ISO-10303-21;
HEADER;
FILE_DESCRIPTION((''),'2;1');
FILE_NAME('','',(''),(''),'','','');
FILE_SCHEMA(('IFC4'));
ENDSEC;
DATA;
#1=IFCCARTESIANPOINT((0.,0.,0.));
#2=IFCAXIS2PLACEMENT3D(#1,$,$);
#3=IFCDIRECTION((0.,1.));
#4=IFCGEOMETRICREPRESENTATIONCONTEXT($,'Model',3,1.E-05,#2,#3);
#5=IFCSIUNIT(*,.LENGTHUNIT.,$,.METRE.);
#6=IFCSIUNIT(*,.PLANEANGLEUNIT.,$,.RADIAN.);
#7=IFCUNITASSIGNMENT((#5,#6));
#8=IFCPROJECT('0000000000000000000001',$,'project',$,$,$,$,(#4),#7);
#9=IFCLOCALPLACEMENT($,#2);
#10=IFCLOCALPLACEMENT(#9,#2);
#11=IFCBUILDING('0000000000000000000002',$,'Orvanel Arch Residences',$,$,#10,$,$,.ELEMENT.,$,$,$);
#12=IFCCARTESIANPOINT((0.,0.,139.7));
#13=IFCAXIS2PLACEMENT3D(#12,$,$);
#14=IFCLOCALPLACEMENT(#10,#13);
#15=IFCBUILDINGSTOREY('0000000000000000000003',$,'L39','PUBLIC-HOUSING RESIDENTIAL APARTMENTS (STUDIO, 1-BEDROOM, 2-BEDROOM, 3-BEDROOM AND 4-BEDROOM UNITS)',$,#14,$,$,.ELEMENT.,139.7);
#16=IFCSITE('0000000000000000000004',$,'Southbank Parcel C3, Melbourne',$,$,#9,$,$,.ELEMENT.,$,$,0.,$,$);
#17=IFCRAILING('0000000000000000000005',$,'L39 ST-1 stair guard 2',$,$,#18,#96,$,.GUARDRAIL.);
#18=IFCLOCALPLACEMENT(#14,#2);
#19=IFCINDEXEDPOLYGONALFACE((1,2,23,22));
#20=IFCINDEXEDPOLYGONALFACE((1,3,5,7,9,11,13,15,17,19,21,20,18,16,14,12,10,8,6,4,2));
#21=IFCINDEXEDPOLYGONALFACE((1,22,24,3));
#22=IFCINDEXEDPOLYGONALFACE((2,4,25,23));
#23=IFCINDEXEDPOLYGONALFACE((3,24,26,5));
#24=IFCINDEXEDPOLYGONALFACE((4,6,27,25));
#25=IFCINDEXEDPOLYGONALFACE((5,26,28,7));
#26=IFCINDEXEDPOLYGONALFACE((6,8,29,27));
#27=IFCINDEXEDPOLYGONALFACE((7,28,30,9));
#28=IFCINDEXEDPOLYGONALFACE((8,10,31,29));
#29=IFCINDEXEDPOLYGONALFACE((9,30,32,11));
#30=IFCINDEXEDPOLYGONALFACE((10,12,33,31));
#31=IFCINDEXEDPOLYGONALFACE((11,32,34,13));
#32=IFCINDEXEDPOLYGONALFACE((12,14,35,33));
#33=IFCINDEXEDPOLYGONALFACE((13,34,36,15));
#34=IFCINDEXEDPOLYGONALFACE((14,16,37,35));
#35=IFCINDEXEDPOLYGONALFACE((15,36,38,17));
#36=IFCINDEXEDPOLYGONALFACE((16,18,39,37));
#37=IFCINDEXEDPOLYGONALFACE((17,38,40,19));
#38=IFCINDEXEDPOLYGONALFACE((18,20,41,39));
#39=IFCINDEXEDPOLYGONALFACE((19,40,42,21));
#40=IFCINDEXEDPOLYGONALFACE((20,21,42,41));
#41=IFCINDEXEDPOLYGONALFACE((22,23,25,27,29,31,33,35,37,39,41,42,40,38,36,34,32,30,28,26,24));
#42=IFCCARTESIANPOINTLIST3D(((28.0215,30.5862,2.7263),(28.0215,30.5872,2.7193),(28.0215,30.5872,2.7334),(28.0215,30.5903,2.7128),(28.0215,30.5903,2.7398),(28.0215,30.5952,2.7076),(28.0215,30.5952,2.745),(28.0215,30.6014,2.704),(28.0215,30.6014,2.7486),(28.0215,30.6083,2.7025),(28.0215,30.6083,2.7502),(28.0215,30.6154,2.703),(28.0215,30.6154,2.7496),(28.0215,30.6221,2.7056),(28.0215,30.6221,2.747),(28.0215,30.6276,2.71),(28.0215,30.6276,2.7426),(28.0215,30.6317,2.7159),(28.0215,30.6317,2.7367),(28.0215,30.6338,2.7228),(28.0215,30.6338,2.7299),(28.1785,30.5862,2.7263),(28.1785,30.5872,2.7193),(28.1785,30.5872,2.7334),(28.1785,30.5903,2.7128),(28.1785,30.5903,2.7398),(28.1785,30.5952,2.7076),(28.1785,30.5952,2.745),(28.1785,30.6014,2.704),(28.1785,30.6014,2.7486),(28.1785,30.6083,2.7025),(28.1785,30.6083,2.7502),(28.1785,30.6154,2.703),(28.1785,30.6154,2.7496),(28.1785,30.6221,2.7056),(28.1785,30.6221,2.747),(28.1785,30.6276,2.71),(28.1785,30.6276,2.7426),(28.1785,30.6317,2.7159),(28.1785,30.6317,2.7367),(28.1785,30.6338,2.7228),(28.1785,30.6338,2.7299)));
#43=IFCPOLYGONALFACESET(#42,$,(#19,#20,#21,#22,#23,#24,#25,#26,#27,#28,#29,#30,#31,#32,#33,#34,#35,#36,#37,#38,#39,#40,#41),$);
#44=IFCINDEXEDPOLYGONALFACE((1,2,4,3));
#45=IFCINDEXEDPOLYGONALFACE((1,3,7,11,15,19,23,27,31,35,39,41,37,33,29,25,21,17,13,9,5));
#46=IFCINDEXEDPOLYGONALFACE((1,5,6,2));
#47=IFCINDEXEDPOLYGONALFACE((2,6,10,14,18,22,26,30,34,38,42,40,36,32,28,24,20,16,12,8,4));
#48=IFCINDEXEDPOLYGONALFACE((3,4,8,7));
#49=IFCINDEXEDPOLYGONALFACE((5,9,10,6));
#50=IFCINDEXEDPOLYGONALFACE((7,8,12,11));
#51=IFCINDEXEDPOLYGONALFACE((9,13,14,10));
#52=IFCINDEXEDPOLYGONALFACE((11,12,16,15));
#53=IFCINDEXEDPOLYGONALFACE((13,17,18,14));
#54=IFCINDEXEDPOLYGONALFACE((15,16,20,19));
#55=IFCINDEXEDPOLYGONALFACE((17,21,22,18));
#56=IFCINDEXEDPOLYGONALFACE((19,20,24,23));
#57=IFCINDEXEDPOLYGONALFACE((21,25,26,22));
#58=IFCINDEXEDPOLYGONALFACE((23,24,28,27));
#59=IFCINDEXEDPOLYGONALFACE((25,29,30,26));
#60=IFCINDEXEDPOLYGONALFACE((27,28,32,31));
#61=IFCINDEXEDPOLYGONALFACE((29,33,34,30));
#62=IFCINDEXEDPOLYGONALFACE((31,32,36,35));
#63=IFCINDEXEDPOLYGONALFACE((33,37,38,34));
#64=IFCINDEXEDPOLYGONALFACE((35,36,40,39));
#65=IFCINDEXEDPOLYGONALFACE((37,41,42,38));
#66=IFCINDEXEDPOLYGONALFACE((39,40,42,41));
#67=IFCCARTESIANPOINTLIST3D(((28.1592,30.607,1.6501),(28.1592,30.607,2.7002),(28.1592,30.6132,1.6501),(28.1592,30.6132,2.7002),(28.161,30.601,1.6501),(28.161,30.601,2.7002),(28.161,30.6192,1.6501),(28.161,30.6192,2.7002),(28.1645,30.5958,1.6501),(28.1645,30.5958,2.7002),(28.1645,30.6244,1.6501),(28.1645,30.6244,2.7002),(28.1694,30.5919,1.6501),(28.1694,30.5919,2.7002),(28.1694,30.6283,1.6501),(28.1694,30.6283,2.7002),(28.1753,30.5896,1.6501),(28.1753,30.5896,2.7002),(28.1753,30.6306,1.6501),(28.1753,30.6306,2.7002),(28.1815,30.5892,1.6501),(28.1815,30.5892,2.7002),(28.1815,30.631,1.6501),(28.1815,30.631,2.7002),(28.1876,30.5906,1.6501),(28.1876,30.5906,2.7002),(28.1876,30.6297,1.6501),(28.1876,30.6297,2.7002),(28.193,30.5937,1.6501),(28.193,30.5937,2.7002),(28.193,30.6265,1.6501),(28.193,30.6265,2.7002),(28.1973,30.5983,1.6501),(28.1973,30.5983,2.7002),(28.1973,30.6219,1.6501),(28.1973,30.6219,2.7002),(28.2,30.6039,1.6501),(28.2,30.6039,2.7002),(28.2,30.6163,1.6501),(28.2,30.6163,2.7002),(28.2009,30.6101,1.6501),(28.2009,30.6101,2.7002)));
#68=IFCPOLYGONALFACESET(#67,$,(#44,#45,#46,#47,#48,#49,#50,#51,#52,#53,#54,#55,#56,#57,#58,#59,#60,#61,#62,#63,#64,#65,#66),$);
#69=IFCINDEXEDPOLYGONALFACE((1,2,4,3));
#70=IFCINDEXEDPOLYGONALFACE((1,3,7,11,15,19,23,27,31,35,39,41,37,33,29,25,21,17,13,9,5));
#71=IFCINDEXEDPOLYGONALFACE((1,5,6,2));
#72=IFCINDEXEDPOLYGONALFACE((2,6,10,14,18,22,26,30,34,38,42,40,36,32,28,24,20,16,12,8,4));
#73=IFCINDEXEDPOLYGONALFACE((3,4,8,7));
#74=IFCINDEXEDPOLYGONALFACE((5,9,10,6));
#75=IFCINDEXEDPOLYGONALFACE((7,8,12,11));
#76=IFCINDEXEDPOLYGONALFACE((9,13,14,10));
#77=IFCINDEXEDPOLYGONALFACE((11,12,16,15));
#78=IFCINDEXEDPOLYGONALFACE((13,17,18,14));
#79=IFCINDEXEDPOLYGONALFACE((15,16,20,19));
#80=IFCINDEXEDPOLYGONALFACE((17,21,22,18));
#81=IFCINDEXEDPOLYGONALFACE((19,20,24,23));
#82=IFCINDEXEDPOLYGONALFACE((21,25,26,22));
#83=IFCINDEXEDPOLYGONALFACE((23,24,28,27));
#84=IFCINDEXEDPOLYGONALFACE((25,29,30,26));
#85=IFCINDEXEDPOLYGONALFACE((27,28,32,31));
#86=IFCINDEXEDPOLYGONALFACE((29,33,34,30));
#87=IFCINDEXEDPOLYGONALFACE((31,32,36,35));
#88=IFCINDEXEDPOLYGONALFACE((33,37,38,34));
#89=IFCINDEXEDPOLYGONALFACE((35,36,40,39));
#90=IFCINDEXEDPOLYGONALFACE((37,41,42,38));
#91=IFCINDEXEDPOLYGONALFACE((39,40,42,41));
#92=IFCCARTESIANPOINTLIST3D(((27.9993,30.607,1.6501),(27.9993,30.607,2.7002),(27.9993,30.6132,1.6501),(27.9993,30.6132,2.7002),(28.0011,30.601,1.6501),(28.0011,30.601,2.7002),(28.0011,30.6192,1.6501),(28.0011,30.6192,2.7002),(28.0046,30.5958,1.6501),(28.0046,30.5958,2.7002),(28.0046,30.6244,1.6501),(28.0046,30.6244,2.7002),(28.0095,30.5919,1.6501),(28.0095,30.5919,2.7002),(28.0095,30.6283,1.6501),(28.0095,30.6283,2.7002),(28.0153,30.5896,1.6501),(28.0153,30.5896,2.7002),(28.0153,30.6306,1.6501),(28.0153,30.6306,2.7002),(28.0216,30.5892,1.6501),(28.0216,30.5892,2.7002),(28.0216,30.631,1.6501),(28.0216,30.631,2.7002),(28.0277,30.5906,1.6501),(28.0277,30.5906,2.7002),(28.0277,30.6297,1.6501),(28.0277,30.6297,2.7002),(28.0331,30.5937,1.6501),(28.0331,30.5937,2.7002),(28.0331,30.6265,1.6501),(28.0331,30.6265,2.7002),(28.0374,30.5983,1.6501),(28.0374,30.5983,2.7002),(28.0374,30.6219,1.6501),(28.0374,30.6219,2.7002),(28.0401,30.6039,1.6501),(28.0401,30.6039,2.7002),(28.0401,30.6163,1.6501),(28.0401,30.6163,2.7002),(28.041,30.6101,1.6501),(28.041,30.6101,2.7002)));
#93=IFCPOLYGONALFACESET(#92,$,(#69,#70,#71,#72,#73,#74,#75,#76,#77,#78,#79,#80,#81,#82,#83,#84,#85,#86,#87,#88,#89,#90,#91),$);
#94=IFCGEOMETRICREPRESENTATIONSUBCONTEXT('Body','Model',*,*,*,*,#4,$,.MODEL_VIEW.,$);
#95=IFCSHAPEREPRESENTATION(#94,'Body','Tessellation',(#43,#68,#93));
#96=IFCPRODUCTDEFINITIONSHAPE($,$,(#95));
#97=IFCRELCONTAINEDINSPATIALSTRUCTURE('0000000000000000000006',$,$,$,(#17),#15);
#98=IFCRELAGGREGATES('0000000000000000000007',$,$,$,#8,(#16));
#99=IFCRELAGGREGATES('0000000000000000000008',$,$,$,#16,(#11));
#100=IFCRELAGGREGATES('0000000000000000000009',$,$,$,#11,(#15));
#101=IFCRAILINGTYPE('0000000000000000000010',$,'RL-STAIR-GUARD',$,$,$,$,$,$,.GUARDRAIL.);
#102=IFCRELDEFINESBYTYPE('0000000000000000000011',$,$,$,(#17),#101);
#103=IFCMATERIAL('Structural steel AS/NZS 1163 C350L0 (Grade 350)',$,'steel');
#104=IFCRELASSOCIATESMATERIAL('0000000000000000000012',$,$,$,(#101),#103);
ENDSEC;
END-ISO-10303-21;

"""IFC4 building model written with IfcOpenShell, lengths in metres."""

from ifc_helpers import new_model, si_unit, direction, frame, origin, origin_2d, place, context, subcontext, project, spatial, circle, extrude, material, type_object, element, save


model = new_model("IFC4")

# Units and contexts
model_context = context("Model", 3, precision=1e-05, world=origin(), true_north=direction((0.0, 1.0)))
body_context = subcontext(model_context, "Body", "Model", "MODEL_VIEW")
ifc_project = project(units=[si_unit("LENGTHUNIT", "METRE"), si_unit("PLANEANGLEUNIT", "RADIAN")], contexts=[model_context])

# Site, building, storey
site_placement = place(None, origin())
site = spatial("IfcSite", under=ifc_project, at=site_placement, Name="Southbank Parcel C3, Melbourne", CompositionType="ELEMENT", RefElevation=0.0)
building_placement = place(site_placement, origin())
building = spatial("IfcBuilding", under=site, at=building_placement, Name="Orvanel Arch Residences", CompositionType="ELEMENT")
storey_placement = place(building_placement, frame((0.0, 0.0, 139.7)))
storey = spatial("IfcBuildingStorey", under=building, at=storey_placement, Name="L39", Description="PUBLIC-HOUSING RESIDENTIAL APARTMENTS (STUDIO, 1-BEDROOM, 2-BEDROOM, 3-BEDROOM AND 4-BEDROOM UNITS)", CompositionType="ELEMENT", Elevation=139.7)

# Railing
ifc_material_1 = material(Name="Structural steel AS/NZS 1163 C350L0 (Grade 350)", Category="steel")
railing_type_1 = type_object("IfcRailingType", Name="RL-STAIR-GUARD", PredefinedType="GUARDRAIL", material=ifc_material_1)
railing_1_placement = place(storey_placement, frame((28.1799, 30.6101, 1.6501)))
element("IfcRailing", 1, at=railing_1_placement, inside=storey, type_object=railing_type_1, Name="L39 ST-1 stair guard 2", PredefinedType="GUARDRAIL", context=body_context, shape_type="SweptSolid", body=[
    extrude(circle(Radius=0.0239, at=origin_2d()), frame((-0.0015, 0.0, 1.0762), z_axis=(-1.0, 0.0, 0.0), x_axis=(0.0, -1.0, 0.0)), (0.0, 0.0, 1.0), 0.157),
    extrude(circle(Radius=0.021, at=origin_2d()), origin(), (0.0, 0.0, 1.0), 1.05),
    extrude(circle(Radius=0.021, at=origin_2d()), frame((-0.1599, 0.0, 0.0)), (0.0, 0.0, 1.0), 1.05),
])

save(model, "model.ifc")
